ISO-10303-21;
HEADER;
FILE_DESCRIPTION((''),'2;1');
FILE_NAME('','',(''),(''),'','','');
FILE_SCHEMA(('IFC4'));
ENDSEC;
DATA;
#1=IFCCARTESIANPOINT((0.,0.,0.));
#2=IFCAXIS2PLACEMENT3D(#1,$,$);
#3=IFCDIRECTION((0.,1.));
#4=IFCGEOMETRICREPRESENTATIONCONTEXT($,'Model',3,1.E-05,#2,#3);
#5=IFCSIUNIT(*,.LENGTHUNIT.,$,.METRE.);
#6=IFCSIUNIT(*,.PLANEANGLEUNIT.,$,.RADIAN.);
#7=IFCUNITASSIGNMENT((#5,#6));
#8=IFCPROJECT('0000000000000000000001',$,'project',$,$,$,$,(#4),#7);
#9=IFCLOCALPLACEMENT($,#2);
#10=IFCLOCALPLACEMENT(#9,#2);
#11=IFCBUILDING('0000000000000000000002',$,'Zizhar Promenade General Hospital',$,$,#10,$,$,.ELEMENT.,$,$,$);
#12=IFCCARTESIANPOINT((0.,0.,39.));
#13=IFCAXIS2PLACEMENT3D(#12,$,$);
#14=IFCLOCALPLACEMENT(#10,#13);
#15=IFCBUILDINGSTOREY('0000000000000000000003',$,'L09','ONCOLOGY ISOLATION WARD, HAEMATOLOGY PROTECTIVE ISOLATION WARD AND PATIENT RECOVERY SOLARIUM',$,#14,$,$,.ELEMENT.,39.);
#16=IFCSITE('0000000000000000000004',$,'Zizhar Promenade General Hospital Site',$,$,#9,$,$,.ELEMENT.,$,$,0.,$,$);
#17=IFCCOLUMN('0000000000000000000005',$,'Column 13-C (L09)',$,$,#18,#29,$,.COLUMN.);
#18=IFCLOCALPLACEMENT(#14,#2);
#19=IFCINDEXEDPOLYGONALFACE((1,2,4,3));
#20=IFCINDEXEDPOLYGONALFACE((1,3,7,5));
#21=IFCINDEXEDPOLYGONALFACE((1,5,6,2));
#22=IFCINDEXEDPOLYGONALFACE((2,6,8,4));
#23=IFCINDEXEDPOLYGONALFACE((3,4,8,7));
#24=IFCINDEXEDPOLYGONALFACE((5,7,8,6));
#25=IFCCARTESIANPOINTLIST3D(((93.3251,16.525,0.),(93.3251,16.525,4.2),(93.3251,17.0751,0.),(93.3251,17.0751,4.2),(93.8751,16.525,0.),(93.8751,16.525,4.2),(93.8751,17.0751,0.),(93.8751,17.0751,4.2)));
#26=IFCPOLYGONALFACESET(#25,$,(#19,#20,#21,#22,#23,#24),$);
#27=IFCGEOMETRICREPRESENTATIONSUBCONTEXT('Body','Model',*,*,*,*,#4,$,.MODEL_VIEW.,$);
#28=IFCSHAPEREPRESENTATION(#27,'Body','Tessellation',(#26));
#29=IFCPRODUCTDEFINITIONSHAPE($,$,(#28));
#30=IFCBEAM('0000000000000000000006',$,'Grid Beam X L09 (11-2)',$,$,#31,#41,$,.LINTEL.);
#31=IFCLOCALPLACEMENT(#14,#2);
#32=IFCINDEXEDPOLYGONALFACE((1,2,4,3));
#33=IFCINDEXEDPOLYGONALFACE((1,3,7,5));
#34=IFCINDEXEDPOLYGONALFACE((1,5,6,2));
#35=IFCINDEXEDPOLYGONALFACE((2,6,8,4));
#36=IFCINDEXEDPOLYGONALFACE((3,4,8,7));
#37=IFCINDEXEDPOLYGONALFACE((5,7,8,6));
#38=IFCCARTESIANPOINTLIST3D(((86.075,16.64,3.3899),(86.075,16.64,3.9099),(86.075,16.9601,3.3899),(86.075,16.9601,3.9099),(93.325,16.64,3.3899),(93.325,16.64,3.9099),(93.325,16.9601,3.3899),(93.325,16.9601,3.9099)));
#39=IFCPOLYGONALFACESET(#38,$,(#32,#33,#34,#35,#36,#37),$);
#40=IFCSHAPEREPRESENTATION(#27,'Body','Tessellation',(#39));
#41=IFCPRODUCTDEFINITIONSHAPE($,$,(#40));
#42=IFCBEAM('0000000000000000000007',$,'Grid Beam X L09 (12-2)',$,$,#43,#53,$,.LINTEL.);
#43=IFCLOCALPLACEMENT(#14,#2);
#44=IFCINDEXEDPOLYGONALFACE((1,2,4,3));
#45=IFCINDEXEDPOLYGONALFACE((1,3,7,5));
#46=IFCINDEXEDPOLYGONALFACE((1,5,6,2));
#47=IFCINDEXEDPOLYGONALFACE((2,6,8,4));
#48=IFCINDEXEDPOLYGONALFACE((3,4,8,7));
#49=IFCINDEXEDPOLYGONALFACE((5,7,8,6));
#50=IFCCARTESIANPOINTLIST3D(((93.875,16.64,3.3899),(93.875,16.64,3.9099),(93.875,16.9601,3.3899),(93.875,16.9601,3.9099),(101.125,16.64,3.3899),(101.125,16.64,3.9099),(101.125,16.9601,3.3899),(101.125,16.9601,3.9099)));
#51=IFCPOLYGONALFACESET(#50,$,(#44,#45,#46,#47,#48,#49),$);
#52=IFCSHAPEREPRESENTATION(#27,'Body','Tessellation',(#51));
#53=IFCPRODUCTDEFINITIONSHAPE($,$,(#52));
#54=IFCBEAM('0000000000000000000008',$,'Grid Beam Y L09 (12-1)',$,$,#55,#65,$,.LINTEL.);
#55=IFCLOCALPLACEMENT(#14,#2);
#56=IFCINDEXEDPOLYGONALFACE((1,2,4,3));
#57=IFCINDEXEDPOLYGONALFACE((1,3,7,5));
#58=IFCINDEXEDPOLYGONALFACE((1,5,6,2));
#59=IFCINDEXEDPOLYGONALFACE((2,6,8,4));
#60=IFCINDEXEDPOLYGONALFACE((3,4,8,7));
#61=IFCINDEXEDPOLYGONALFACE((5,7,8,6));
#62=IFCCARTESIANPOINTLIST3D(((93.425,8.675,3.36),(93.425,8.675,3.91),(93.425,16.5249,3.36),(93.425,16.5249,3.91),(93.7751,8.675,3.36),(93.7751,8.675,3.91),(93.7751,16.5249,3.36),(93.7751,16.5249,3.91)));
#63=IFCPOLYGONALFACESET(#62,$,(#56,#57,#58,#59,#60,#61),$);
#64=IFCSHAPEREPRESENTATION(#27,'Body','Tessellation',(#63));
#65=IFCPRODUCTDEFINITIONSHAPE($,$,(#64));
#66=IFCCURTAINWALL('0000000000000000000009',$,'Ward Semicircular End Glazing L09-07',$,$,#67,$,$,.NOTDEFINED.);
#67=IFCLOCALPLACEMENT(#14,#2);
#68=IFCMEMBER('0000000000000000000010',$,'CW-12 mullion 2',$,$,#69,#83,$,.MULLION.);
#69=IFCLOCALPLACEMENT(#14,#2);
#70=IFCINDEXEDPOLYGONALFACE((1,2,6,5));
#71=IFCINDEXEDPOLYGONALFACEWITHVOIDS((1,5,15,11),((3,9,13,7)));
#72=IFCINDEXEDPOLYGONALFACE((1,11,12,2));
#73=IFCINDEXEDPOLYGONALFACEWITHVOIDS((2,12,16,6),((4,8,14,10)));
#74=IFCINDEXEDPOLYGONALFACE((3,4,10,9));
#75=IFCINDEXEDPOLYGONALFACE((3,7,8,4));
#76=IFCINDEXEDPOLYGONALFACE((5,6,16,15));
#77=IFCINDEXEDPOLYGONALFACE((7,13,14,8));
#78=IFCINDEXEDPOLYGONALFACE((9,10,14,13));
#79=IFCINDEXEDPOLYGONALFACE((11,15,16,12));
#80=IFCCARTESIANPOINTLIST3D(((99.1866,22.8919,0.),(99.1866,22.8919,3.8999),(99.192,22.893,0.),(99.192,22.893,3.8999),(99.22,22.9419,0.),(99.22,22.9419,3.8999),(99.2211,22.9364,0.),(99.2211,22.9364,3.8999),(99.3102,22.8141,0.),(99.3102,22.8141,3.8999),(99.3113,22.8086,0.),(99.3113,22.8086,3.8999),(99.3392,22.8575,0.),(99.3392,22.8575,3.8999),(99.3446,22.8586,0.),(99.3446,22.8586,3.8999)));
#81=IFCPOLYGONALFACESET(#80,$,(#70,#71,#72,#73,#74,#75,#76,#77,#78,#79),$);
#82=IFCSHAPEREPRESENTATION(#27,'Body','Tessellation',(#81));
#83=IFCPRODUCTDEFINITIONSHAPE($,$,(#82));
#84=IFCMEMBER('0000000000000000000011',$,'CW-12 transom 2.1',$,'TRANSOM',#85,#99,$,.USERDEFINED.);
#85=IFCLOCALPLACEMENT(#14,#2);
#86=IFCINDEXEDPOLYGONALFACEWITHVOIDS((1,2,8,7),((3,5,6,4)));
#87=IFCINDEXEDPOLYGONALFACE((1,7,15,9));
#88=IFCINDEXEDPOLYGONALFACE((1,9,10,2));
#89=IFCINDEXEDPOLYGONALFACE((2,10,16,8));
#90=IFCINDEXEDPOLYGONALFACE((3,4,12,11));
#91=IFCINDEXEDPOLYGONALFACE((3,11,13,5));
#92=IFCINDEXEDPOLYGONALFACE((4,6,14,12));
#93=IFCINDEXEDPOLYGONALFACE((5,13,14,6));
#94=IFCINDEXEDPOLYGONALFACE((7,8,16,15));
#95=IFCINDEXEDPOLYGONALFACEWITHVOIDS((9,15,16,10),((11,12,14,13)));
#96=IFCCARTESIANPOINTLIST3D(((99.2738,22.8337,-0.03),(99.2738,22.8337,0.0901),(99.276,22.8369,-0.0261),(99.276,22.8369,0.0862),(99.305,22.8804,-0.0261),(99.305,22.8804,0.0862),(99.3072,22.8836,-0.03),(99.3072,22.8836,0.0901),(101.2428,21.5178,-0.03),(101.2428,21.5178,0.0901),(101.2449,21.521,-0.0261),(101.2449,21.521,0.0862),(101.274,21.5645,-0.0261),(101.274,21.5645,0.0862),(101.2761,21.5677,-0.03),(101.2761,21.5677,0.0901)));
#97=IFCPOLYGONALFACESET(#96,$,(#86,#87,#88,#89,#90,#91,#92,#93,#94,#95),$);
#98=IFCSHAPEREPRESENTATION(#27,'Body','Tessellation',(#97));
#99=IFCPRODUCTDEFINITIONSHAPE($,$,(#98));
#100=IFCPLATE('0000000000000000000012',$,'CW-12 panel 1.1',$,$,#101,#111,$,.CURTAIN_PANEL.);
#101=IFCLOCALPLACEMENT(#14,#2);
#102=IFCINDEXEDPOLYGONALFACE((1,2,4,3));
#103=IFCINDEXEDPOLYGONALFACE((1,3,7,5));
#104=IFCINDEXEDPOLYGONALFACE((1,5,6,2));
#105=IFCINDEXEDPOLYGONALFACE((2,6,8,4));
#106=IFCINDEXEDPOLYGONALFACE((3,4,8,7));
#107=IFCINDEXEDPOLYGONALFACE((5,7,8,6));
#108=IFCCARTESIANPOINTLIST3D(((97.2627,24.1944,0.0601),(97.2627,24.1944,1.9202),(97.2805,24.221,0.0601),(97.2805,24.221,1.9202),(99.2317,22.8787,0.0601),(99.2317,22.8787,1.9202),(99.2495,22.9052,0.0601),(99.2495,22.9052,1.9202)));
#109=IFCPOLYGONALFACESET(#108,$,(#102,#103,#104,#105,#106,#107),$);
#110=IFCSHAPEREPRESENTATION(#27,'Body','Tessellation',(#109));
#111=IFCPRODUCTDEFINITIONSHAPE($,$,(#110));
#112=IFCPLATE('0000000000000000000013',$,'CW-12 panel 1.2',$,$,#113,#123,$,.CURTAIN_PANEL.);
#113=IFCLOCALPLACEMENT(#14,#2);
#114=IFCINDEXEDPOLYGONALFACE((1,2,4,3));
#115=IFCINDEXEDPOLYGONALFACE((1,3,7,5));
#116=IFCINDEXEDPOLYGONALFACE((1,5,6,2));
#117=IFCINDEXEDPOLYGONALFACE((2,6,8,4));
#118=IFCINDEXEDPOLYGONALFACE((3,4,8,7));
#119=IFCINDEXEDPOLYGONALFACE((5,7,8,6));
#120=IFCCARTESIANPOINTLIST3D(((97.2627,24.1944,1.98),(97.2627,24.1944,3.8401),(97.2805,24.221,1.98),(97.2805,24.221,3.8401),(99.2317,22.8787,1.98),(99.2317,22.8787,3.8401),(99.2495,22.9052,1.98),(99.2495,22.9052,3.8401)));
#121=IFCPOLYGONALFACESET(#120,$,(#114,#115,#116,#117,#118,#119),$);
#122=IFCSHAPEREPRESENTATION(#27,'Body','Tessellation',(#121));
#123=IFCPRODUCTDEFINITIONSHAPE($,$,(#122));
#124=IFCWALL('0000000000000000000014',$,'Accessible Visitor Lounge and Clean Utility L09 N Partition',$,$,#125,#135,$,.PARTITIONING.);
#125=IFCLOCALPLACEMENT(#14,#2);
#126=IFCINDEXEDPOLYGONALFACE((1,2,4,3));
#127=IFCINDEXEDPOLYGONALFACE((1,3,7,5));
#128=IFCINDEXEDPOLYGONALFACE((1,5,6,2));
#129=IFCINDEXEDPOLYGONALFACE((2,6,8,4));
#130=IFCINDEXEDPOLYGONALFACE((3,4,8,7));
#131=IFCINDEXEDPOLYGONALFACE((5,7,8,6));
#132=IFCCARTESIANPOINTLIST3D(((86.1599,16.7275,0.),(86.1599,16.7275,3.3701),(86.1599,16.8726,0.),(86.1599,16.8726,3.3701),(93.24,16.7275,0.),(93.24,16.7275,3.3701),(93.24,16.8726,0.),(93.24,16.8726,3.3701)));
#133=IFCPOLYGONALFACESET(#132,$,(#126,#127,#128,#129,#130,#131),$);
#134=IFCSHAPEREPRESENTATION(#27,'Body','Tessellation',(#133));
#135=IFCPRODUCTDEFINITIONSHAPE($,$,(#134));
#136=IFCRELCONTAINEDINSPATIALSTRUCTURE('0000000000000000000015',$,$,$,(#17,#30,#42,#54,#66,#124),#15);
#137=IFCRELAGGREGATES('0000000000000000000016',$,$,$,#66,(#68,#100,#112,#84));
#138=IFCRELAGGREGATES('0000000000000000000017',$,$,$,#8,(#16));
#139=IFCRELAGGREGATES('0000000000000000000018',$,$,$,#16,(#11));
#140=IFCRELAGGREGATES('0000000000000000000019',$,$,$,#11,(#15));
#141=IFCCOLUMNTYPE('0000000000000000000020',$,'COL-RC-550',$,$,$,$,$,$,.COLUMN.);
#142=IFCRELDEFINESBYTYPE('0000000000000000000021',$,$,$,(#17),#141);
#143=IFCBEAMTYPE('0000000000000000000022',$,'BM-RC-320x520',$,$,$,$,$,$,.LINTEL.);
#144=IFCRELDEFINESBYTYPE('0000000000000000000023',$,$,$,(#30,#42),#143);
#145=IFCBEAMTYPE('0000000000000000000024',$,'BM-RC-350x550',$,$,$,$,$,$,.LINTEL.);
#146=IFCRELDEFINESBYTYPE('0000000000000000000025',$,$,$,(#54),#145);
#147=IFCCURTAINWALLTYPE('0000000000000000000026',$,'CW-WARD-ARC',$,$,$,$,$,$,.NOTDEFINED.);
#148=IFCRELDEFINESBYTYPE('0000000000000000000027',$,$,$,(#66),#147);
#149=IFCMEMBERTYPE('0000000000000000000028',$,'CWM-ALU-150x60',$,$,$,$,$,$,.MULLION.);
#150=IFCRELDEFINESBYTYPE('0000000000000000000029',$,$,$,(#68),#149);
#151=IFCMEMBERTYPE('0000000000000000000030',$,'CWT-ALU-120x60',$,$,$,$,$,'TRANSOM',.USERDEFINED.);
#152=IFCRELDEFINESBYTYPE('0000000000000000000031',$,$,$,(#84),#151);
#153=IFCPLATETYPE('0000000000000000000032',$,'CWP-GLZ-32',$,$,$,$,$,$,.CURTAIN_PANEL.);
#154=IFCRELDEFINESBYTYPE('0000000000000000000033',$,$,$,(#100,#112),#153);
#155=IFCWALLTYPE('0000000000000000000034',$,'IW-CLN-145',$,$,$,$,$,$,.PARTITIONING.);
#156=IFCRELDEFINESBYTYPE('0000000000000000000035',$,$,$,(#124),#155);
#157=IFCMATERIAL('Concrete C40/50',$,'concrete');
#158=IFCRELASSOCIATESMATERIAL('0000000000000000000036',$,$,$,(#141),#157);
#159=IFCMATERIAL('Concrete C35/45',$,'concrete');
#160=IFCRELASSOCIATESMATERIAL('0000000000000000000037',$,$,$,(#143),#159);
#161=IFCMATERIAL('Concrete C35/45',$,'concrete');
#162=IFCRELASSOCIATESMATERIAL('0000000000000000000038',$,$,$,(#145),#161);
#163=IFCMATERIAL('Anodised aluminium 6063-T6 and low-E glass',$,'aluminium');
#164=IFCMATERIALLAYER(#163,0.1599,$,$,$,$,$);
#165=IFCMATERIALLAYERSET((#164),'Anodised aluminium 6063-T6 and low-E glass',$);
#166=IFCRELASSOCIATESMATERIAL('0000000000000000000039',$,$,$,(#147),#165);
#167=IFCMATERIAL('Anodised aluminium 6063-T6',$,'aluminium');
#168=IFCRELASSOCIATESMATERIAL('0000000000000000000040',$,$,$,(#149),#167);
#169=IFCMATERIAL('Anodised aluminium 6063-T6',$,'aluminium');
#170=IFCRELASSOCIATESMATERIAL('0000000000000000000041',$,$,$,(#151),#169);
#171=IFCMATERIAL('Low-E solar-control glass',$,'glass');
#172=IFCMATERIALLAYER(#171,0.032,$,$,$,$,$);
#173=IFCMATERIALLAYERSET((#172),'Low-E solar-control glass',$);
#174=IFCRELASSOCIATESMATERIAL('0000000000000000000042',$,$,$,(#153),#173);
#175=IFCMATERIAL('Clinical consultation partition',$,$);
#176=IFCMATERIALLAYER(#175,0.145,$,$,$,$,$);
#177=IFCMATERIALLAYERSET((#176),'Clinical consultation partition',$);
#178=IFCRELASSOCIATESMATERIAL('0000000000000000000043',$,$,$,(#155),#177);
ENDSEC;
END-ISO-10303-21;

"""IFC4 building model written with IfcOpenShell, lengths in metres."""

from ifc_helpers import new_model, si_unit, direction, frame, frame_2d, origin, origin_2d, place, context, subcontext, project, spatial, rectangle, hollow_rectangle, extrude, material, layer, layer_set, material_profile, profile_set, type_object, element, aggregate, save


model = new_model("IFC4")

# Units and contexts
model_context = context("Model", 3, precision=1e-05, world=origin(), true_north=direction((0.0, 1.0)))
body_context = subcontext(model_context, "Body", "Model", "MODEL_VIEW")
ifc_project = project(units=[si_unit("LENGTHUNIT", "METRE"), si_unit("PLANEANGLEUNIT", "RADIAN")], contexts=[model_context])

# Site, building, storey
site_placement = place(None, origin())
site = spatial("IfcSite", under=ifc_project, at=site_placement, Name="Zizhar Promenade General Hospital Site", CompositionType="ELEMENT", RefElevation=0.0)
building_placement = place(site_placement, origin())
building = spatial("IfcBuilding", under=site, at=building_placement, Name="Zizhar Promenade General Hospital", CompositionType="ELEMENT")
storey_placement = place(building_placement, frame((0.0, 0.0, 39.0)))
storey = spatial("IfcBuildingStorey", under=building, at=storey_placement, Name="L09", Description="ONCOLOGY ISOLATION WARD, HAEMATOLOGY PROTECTIVE ISOLATION WARD AND PATIENT RECOVERY SOLARIUM", CompositionType="ELEMENT", Elevation=39.0)

# Column
ifc_material_1 = material(Name="Concrete C40/50", Category="concrete")
ifc_material_profile_1 = material_profile(ifc_material_1, rectangle(XDim=0.55, YDim=0.55, at=origin_2d()))
ifc_profile_set_1 = profile_set([ifc_material_profile_1], Name="Concrete C40/50")
column_type = type_object("IfcColumnType", Name="COL-RC-550", PredefinedType="COLUMN", material=ifc_profile_set_1)
column_placement = place(storey_placement, frame((93.6001, 16.8, 0.0), z_axis=(0.0, 0.0, 1.0), x_axis=(1.0, 0.0, 0.0)))
element("IfcColumn", 1, at=column_placement, inside=storey, type_object=column_type, Name="Column 13-C (L09)", PredefinedType="COLUMN", context=body_context, shape_type="SweptSolid", body=[
    extrude(rectangle(XDim=0.55, YDim=0.55, at=origin_2d()), origin(), (0.0, 0.0, 1.0), 4.2),
])

# Beams
ifc_material_2 = material(Name="Concrete C35/45", Category="concrete")
ifc_material_profile_2 = material_profile(ifc_material_2, rectangle(XDim=0.3201, YDim=0.52, at=origin_2d()))
ifc_profile_set_2 = profile_set([ifc_material_profile_2], Name="Concrete C35/45")
beam_type_1 = type_object("IfcBeamType", Name="BM-RC-320x520", PredefinedType="LINTEL", material=ifc_profile_set_2)
for number, where, z_axis, x_axis, name in (
    (2, (86.075, 16.8, 3.6499), (1.0, 0.0, 0.0), (0.0, 1.0, 0.0), "Grid Beam X L09 (11-2)"),
    (3, (93.875, 16.8, 3.6499), (1.0, 0.0, 0.0), (0.0, 1.0, 0.0), "Grid Beam X L09 (12-2)"),
):
    element("IfcBeam", number, at=place(storey_placement, frame(where, z_axis=z_axis, x_axis=x_axis)), inside=storey, type_object=beam_type_1, Name=name, PredefinedType="LINTEL", context=body_context, shape_type="SweptSolid", body=[
        extrude(rectangle(XDim=0.3201, YDim=0.52, at=origin_2d()), origin(), (0.0, 0.0, 1.0), 7.25),
    ])
ifc_material_3 = material(Name="Concrete C35/45", Category="concrete")
ifc_material_profile_3 = material_profile(ifc_material_3, rectangle(XDim=0.3501, YDim=0.55, at=origin_2d()))
ifc_profile_set_3 = profile_set([ifc_material_profile_3], Name="Concrete C35/45")
beam_type_2 = type_object("IfcBeamType", Name="BM-RC-350x550", PredefinedType="LINTEL", material=ifc_profile_set_3)
beam_placement = place(storey_placement, frame((93.6001, 8.675, 3.635), z_axis=(0.0, 1.0, 0.0), x_axis=(-1.0, 0.0, 0.0)))
element("IfcBeam", 4, at=beam_placement, inside=storey, type_object=beam_type_2, Name="Grid Beam Y L09 (12-1)", PredefinedType="LINTEL", context=body_context, shape_type="SweptSolid", body=[
    extrude(rectangle(XDim=0.3501, YDim=0.55, at=origin_2d()), origin(), (0.0, 0.0, 1.0), 7.8499),
])

# Curtain wall, members, plates
ifc_material_4 = material(Name="Anodised aluminium 6063-T6 and low-E glass", Category="aluminium")
ifc_layer_1 = layer(ifc_material_4, 0.1599)
ifc_layer_set_1 = layer_set([ifc_layer_1], Name="Anodised aluminium 6063-T6 and low-E glass")
curtain_wall_type = type_object("IfcCurtainWallType", Name="CW-WARD-ARC", PredefinedType="NOTDEFINED", material=ifc_layer_set_1)
curtain_wall_placement = place(storey_placement, origin())
curtain_wall = element("IfcCurtainWall", 5, at=curtain_wall_placement, inside=storey, type_object=curtain_wall_type, Name="Ward Semicircular End Glazing L09-07", PredefinedType="NOTDEFINED")
ifc_material_5 = material(Name="Anodised aluminium 6063-T6", Category="aluminium")
ifc_material_profile_4 = material_profile(ifc_material_5, hollow_rectangle(XDim=0.0601, YDim=0.1499, WallThickness=0.0039, at=origin_2d()))
ifc_profile_set_4 = profile_set([ifc_material_profile_4], Name="Anodised aluminium 6063-T6")
member_type_1 = type_object("IfcMemberType", Name="CWM-ALU-150x60", PredefinedType="MULLION", material=ifc_profile_set_4)
member_1_placement = place(storey_placement, frame((99.2656, 22.8752, 0.0), z_axis=(0.0, 0.0, 1.0), x_axis=(0.555582, 0.831462, 0.0)))
member_1 = element("IfcMember", 6, at=member_1_placement, type_object=member_type_1, Name="CW-12 mullion 2", PredefinedType="MULLION", context=body_context, shape_type="SweptSolid", body=[
    extrude(hollow_rectangle(XDim=0.0601, YDim=0.1499, WallThickness=0.0039, at=origin_2d()), origin(), (0.0, 0.0, 1.0), 3.8999),
])
ifc_material_6 = material(Name="Anodised aluminium 6063-T6", Category="aluminium")
ifc_material_profile_5 = material_profile(ifc_material_6, hollow_rectangle(XDim=0.0601, YDim=0.1201, WallThickness=0.0039, at=origin_2d()))
ifc_profile_set_5 = profile_set([ifc_material_profile_5], Name="Anodised aluminium 6063-T6")
member_type_2 = type_object("IfcMemberType", Name="CWT-ALU-120x60", ElementType="TRANSOM", PredefinedType="USERDEFINED", material=ifc_profile_set_5)
member_2_placement = place(storey_placement, frame((99.2905, 22.8586, 0.03), z_axis=(0.831415, -0.555651, 0.0), x_axis=(0.555651, 0.831415, 0.0)))
member_2 = element("IfcMember", 7, at=member_2_placement, type_object=member_type_2, Name="CW-12 transom 2.1", ObjectType="TRANSOM", PredefinedType="USERDEFINED", context=body_context, shape_type="SweptSolid", body=[
    extrude(hollow_rectangle(XDim=0.0601, YDim=0.1201, WallThickness=0.0039, at=origin_2d()), origin(), (0.0, 0.0, 1.0), 2.3682),
])
ifc_material_7 = material(Name="Low-E solar-control glass", Category="glass")
ifc_layer_2 = layer(ifc_material_7, 0.032)
ifc_layer_set_2 = layer_set([ifc_layer_2], Name="Low-E solar-control glass")
plate_type = type_object("IfcPlateType", Name="CWP-GLZ-32", PredefinedType="CURTAIN_PANEL", material=ifc_layer_set_2)
plate_1_placement = place(storey_placement, frame((98.2561, 23.5498, 0.0601), z_axis=(0.0, 0.0, 1.0), x_axis=(0.831462, -0.555582, 0.0)))
plate_1 = element("IfcPlate", 8, at=plate_1_placement, type_object=plate_type, Name="CW-12 panel 1.1", PredefinedType="CURTAIN_PANEL", context=body_context, shape_type="SweptSolid", body=[
    extrude(rectangle(XDim=2.3682, YDim=0.032, at=origin_2d()), origin(), (0.0, 0.0, 1.0), 1.8601),
])
plate_2_placement = place(storey_placement, frame((98.2561, 23.5498, 1.98), z_axis=(0.0, 0.0, 1.0), x_axis=(0.831462, -0.555582, 0.0)))
plate_2 = element("IfcPlate", 9, at=plate_2_placement, type_object=plate_type, Name="CW-12 panel 1.2", PredefinedType="CURTAIN_PANEL", context=body_context, shape_type="SweptSolid", body=[
    extrude(rectangle(XDim=2.3682, YDim=0.032, at=origin_2d()), origin(), (0.0, 0.0, 1.0), 1.8601),
])
aggregate(curtain_wall, [member_1, plate_1, plate_2, member_2])

# Wall
ifc_material_8 = material(Name="Clinical consultation partition")
ifc_layer_3 = layer(ifc_material_8, 0.145)
ifc_layer_set_3 = layer_set([ifc_layer_3], Name="Clinical consultation partition")
wall_type_1 = type_object("IfcWallType", Name="IW-CLN-145", PredefinedType="PARTITIONING", material=ifc_layer_set_3)
wall_1_placement = place(storey_placement, frame((86.1599, 16.8, 0.0), z_axis=(0.0, 0.0, 1.0), x_axis=(1.0, 0.0, 0.0)))
element("IfcWall", 10, at=wall_1_placement, inside=storey, type_object=wall_type_1, Name="Accessible Visitor Lounge and Clean Utility L09 N Partition", PredefinedType="PARTITIONING", context=body_context, shape_type="SweptSolid", body=[
    extrude(rectangle(XDim=7.0801, YDim=0.145, at=frame_2d((3.54, 0.0))), origin(), (0.0, 0.0, 1.0), 3.3701),
])

save(model, "model.ifc")
